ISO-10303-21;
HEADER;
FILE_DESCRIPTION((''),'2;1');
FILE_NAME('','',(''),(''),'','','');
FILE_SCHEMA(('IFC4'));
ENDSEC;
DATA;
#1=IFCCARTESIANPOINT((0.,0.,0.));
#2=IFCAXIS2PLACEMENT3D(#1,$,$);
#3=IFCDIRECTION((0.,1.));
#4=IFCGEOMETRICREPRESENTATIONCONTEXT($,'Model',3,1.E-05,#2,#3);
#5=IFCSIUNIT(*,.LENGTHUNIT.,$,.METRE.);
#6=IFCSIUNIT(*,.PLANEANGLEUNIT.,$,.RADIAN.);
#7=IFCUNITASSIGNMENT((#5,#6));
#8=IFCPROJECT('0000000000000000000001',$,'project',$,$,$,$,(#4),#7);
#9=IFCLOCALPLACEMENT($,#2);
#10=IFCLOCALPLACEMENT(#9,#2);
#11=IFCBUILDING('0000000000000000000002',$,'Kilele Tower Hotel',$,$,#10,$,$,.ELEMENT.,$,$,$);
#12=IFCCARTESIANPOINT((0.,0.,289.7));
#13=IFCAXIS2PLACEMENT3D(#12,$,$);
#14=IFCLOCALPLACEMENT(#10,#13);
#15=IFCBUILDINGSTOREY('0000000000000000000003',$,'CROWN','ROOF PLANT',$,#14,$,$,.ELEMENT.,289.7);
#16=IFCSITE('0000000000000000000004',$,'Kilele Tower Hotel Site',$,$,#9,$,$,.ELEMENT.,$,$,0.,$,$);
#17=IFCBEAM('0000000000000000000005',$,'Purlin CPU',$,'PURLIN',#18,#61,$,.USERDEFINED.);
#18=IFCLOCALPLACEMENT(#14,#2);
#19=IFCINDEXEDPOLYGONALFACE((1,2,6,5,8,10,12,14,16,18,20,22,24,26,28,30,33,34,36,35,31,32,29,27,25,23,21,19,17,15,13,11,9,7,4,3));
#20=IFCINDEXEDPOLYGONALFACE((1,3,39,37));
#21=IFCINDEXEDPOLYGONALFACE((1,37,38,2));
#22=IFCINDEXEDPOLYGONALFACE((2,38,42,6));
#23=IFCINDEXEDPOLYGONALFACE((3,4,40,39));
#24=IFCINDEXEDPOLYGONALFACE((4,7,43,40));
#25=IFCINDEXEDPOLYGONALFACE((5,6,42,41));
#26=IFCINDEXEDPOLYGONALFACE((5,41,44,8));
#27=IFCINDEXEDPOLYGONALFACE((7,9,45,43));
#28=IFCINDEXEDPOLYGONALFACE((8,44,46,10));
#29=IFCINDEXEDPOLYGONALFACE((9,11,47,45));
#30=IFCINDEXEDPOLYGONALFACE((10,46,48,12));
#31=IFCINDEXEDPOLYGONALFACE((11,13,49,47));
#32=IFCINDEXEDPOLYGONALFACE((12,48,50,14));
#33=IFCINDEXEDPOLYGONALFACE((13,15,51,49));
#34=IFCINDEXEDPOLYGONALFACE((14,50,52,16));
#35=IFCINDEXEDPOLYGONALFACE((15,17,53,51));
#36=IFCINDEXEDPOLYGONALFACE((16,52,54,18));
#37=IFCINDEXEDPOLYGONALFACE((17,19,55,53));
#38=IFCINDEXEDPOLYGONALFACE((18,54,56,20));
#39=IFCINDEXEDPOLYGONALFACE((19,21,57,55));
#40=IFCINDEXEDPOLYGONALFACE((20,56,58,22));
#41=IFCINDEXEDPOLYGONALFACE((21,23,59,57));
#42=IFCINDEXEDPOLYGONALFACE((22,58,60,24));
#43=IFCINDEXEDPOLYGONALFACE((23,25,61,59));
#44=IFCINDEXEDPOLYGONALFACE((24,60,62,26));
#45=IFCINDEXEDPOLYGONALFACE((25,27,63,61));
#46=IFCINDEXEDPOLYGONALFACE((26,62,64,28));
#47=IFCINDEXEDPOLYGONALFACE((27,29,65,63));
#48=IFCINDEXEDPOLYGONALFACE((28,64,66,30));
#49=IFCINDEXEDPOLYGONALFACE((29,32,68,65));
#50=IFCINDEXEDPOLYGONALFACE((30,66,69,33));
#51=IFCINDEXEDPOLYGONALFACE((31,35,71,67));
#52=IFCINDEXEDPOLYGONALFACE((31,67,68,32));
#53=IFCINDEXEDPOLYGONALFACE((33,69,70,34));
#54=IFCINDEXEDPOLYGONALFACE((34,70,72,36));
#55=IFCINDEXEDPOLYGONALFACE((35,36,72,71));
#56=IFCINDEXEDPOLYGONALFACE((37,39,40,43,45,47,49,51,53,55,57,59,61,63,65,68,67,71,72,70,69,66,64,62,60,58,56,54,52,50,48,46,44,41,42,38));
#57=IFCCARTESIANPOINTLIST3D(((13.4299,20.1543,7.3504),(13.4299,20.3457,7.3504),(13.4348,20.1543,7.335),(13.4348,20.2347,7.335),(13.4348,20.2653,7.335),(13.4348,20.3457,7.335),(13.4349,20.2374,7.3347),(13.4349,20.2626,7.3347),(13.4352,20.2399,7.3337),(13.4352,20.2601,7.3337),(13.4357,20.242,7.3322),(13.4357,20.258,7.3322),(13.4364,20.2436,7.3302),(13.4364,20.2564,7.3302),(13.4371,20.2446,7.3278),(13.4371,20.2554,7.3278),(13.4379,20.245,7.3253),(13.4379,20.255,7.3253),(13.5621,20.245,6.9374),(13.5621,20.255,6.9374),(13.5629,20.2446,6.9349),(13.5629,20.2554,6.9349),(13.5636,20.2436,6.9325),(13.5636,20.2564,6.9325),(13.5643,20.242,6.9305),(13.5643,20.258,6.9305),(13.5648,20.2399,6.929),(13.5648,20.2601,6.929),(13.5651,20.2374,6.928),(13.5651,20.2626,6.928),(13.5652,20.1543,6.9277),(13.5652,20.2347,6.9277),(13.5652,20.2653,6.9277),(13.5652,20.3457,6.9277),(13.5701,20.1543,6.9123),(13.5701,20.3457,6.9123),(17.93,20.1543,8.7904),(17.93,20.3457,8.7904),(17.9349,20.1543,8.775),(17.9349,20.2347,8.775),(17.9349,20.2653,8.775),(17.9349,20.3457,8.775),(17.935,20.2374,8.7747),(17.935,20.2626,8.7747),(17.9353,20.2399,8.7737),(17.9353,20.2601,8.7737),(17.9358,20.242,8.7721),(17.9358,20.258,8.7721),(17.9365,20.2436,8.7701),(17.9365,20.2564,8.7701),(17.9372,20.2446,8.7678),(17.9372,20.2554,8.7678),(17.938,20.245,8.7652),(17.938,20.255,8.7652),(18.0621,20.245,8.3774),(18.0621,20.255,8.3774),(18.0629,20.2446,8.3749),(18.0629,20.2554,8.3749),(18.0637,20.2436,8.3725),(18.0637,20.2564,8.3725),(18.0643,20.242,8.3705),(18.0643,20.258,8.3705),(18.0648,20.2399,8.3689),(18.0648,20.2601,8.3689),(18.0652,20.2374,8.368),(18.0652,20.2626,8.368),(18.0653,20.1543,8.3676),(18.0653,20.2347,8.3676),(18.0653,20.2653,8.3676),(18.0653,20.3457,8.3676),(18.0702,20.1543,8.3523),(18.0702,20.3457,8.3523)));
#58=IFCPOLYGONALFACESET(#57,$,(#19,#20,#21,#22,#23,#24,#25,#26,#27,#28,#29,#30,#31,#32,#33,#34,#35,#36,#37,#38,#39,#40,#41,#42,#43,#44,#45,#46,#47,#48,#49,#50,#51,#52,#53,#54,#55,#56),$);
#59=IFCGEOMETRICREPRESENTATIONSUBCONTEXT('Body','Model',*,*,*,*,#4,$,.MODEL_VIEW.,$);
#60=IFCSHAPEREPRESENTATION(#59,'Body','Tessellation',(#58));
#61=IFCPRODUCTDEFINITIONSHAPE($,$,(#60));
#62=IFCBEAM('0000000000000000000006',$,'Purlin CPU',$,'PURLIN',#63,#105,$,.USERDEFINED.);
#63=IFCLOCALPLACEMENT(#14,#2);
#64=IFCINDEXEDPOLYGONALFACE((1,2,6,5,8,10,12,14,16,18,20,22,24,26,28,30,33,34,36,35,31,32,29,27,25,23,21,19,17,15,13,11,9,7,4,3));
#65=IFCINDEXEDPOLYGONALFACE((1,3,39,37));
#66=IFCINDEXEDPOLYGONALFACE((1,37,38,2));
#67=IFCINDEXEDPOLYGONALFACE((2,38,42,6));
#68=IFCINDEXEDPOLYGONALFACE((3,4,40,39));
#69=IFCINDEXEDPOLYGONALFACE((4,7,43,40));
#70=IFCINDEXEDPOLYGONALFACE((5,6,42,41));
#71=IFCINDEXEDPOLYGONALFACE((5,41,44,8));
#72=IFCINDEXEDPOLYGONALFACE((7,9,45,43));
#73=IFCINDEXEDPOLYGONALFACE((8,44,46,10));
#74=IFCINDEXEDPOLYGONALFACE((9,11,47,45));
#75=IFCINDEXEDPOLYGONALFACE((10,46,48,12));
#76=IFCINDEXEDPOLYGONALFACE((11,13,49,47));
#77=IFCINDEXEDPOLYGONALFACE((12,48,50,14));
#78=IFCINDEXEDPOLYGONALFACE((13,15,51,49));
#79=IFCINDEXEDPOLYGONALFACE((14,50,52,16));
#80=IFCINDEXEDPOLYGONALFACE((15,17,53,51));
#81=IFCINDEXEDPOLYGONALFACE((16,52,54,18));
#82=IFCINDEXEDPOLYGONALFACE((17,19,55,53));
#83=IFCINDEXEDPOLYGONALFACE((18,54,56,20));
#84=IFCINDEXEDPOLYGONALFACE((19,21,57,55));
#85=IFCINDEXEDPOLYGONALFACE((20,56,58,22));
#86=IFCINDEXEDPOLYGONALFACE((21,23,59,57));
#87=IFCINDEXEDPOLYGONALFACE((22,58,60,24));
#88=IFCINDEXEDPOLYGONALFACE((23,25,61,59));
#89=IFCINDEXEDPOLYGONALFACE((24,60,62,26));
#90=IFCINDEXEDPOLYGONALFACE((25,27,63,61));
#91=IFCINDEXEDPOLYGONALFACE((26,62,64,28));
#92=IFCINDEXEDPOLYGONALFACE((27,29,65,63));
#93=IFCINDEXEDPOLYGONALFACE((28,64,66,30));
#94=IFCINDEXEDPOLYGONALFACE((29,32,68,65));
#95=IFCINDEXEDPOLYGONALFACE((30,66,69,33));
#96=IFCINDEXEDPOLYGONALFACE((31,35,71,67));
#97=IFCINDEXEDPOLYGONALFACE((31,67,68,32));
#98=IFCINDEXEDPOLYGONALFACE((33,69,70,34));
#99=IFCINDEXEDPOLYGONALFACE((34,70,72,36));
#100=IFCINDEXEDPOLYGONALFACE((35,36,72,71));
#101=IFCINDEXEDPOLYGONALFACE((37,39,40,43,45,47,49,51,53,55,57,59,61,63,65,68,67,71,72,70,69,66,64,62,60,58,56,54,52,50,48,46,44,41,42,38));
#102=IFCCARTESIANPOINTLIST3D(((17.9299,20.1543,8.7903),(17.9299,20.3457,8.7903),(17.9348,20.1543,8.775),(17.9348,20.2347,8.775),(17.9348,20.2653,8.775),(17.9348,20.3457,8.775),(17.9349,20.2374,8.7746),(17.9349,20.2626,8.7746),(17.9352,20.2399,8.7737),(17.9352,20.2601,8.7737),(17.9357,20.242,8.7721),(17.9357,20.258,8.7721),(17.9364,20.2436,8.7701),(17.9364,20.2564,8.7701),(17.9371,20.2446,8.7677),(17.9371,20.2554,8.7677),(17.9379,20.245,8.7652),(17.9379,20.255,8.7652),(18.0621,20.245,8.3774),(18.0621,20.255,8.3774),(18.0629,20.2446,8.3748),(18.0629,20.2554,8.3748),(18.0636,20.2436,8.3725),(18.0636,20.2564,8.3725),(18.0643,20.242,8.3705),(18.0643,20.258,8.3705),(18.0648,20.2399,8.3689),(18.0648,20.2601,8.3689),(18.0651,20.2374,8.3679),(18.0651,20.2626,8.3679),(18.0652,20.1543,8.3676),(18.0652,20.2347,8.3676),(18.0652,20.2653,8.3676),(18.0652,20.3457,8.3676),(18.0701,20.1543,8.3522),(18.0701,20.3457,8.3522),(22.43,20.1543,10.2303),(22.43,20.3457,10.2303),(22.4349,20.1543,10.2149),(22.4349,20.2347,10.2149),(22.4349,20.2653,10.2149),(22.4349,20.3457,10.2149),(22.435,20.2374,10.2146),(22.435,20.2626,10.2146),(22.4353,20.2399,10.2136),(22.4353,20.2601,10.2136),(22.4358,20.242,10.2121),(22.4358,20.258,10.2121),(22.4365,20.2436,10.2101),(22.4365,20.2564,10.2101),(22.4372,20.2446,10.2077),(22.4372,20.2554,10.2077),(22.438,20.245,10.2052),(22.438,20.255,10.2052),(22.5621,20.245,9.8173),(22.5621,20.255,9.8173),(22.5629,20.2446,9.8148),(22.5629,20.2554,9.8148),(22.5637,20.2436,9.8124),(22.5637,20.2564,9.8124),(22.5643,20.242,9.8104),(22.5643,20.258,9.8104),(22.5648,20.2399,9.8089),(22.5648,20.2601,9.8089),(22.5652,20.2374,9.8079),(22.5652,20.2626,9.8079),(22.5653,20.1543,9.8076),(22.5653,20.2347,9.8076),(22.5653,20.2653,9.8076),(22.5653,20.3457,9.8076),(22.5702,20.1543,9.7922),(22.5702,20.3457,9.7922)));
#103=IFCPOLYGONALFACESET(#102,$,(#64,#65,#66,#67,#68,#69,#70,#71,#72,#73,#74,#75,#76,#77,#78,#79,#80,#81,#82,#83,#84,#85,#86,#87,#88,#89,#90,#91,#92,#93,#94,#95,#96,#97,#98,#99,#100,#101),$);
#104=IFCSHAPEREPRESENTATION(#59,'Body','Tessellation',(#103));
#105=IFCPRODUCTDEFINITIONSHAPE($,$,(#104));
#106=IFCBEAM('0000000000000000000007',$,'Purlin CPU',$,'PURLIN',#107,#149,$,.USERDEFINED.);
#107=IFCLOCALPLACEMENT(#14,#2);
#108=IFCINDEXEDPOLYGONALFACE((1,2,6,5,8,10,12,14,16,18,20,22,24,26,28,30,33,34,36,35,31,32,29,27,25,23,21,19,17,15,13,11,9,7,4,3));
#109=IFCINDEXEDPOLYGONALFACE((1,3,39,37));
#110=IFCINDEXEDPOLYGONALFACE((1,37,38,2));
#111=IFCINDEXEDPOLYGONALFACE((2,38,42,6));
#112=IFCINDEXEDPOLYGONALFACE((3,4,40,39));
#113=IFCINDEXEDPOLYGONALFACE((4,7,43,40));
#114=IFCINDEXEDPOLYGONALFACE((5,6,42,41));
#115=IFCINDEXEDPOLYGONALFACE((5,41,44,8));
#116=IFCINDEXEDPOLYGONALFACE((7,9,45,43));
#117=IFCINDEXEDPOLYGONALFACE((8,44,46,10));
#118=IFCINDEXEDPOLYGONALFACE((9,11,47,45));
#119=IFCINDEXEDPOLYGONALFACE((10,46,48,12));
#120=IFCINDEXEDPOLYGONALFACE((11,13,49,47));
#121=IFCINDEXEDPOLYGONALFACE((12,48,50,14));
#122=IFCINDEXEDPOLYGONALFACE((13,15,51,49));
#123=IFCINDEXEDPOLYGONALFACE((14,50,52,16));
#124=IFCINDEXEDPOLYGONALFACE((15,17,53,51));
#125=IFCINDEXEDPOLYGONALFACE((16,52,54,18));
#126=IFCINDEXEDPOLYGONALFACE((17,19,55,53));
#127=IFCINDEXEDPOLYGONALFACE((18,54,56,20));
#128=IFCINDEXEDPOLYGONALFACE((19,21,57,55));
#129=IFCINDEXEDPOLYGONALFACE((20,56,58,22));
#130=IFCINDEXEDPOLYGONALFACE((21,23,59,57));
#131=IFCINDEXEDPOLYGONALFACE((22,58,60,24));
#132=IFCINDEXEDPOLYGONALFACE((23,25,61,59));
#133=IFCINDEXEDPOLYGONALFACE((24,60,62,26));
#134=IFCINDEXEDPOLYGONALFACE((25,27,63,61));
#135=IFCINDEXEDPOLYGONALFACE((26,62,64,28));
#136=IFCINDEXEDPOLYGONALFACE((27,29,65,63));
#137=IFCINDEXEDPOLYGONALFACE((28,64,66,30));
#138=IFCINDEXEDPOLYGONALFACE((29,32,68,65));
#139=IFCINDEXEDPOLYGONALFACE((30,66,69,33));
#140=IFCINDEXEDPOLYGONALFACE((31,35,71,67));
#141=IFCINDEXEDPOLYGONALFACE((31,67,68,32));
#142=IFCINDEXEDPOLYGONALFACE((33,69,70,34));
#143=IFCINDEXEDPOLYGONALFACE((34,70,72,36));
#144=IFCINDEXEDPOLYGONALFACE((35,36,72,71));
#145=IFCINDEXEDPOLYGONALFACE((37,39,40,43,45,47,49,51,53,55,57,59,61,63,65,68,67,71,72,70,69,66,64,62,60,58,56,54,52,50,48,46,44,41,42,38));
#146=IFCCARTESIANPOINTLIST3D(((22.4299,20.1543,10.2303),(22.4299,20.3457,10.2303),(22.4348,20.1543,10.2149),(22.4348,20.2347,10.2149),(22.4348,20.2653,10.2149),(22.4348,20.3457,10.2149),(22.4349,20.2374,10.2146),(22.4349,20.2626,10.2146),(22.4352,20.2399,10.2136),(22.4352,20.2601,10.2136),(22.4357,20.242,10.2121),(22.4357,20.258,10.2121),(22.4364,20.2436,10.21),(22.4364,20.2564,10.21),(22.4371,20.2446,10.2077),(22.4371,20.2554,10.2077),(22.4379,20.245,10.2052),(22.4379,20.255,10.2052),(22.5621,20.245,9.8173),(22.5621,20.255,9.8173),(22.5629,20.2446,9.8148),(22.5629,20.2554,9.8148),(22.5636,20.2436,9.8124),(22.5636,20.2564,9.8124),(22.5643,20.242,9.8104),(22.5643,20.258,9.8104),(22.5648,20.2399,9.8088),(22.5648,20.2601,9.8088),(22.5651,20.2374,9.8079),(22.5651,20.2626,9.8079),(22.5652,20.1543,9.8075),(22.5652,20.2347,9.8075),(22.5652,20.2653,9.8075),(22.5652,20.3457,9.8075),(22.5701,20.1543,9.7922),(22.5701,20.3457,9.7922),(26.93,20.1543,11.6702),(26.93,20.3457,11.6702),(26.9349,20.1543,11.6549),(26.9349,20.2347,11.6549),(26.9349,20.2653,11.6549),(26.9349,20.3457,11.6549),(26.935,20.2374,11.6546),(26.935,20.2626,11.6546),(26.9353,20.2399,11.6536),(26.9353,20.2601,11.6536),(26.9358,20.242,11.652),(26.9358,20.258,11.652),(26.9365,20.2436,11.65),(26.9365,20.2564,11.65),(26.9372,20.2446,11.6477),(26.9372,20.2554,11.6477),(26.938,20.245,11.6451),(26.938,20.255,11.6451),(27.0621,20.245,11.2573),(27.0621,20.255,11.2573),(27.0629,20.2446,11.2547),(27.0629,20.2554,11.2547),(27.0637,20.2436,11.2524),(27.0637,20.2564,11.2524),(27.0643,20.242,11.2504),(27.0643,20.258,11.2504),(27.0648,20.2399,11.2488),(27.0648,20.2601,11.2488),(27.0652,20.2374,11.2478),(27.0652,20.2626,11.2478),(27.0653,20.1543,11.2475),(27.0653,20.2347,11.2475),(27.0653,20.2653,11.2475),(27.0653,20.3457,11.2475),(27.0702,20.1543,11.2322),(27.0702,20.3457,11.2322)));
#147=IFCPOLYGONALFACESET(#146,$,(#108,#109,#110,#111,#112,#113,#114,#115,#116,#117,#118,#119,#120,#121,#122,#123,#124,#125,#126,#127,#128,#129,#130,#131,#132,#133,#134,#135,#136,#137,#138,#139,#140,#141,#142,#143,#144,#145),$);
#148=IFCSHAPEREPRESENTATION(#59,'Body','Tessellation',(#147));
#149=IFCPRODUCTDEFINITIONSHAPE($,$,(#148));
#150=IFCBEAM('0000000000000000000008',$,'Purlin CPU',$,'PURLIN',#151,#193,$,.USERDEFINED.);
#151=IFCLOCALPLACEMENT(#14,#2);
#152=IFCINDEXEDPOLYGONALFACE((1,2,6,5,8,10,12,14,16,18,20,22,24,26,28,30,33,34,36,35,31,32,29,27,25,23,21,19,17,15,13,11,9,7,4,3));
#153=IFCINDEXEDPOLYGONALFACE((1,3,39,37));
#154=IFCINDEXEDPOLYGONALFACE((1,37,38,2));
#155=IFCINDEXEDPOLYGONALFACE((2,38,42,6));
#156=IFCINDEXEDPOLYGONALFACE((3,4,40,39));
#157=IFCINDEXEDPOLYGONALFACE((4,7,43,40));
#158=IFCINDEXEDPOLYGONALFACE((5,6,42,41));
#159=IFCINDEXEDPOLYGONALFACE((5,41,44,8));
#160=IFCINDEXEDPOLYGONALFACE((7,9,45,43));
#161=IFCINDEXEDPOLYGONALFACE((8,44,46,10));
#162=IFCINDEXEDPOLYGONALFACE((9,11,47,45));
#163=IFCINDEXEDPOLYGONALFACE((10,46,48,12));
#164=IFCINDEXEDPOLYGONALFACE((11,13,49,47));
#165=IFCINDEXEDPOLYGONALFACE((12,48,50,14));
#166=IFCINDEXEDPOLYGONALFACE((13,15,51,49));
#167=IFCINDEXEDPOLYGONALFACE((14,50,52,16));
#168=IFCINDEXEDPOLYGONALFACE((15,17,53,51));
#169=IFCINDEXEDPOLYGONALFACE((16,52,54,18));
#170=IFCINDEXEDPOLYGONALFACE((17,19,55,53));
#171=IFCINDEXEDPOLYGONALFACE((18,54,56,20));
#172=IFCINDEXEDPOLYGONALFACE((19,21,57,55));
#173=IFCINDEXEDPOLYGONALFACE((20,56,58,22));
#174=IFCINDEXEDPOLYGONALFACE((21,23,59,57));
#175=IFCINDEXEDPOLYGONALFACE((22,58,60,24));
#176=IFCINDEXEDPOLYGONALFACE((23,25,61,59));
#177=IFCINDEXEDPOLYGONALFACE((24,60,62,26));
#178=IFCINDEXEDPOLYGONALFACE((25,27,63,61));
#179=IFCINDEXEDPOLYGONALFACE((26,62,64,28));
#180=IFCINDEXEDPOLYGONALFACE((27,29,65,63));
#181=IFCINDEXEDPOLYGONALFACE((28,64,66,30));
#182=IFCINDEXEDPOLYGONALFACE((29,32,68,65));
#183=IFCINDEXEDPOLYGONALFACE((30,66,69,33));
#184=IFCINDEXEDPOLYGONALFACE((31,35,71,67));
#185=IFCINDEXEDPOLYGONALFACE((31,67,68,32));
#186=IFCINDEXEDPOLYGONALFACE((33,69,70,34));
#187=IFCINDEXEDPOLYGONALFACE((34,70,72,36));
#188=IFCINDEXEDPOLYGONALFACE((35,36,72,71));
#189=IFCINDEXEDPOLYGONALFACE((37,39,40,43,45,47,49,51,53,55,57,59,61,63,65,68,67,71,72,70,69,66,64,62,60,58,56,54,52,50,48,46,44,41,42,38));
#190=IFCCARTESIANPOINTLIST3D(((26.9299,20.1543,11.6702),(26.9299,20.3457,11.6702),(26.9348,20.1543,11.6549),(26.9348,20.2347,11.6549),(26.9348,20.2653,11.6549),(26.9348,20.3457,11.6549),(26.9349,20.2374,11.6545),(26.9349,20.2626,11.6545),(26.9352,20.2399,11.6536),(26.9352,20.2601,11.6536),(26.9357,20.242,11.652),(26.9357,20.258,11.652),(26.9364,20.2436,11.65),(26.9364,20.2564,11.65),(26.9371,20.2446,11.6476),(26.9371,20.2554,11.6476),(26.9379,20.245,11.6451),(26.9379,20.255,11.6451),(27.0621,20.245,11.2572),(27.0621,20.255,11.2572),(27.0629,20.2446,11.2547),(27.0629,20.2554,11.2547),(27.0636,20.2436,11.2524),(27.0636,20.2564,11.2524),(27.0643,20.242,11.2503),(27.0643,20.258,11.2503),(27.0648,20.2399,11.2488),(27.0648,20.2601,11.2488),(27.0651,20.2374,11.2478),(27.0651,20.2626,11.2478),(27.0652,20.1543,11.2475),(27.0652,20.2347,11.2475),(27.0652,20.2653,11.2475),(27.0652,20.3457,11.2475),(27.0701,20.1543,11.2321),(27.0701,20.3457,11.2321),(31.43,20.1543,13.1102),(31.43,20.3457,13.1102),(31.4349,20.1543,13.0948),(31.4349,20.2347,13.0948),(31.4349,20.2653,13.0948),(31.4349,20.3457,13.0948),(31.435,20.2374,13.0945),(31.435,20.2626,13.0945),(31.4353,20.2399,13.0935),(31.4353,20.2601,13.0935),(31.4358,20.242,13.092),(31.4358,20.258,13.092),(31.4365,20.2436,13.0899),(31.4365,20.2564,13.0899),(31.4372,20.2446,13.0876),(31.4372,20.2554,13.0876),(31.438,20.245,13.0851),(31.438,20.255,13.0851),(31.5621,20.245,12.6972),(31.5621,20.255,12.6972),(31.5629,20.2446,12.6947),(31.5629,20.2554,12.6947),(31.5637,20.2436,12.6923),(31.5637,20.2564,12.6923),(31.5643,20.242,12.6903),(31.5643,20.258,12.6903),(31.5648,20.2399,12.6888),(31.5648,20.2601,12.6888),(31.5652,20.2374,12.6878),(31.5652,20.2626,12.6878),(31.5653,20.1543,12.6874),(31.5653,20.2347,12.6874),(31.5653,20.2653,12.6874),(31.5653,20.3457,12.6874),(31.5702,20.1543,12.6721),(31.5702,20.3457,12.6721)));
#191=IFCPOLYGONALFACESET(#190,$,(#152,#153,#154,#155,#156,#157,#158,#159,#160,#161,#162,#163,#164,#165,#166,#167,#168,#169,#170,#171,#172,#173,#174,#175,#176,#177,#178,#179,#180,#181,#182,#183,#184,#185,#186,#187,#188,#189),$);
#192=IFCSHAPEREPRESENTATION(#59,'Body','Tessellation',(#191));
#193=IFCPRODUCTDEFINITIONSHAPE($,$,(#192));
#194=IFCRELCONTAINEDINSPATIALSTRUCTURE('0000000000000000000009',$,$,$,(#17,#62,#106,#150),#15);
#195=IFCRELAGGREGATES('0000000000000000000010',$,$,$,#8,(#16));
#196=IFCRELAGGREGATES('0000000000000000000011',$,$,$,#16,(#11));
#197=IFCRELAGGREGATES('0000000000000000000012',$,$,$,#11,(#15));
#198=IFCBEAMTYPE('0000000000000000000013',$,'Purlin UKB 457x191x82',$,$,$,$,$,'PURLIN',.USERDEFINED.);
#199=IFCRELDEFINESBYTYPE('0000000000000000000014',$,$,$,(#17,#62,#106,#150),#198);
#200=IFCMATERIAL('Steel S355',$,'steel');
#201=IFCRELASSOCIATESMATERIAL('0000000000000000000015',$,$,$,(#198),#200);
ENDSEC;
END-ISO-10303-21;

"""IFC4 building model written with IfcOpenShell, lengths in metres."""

from ifc_helpers import new_model, si_unit, direction, frame, origin, origin_2d, place, context, subcontext, project, spatial, i_section, extrude, material, material_profile, profile_set, type_object, element, save


model = new_model("IFC4")

# Units and contexts
model_context = context("Model", 3, precision=1e-05, world=origin(), true_north=direction((0.0, 1.0)))
body_context = subcontext(model_context, "Body", "Model", "MODEL_VIEW")
ifc_project = project(units=[si_unit("LENGTHUNIT", "METRE"), si_unit("PLANEANGLEUNIT", "RADIAN")], contexts=[model_context])

# Site, building, storey
site_placement = place(None, origin())
site = spatial("IfcSite", under=ifc_project, at=site_placement, Name="Kilele Tower Hotel Site", CompositionType="ELEMENT", RefElevation=0.0)
building_placement = place(site_placement, origin())
building = spatial("IfcBuilding", under=site, at=building_placement, Name="Kilele Tower Hotel", CompositionType="ELEMENT")
storey_placement = place(building_placement, frame((0.0, 0.0, 289.7)))
storey = spatial("IfcBuildingStorey", under=building, at=storey_placement, Name="CROWN", Description="ROOF PLANT", CompositionType="ELEMENT", Elevation=289.7)

# Beams
ifc_material_1 = material(Name="Steel S355", Category="steel")
ifc_material_profile_1 = material_profile(ifc_material_1, i_section(OverallWidth=0.1914, OverallDepth=0.46, WebThickness=0.01, FlangeThickness=0.0161, FilletRadius=0.0103, at=origin_2d()))
ifc_profile_set_1 = profile_set([ifc_material_profile_1], Name="Steel S355")
beam_type_1 = type_object("IfcBeamType", Name="Purlin UKB 457x191x82", ElementType="PURLIN", PredefinedType="USERDEFINED", material=ifc_profile_set_1)
for number, where, z_axis, x_axis, name in (
    (1, (13.5, 20.25, 7.1313), (0.952428, 0.0, 0.304764), (0.0, 1.0, 0.0), "Purlin CPU"),
    (2, (18.0, 20.25, 8.5713), (0.952428, 0.0, 0.304764), (0.0, 1.0, 0.0), "Purlin CPU"),
    (3, (22.5, 20.25, 10.0112), (0.952428, 0.0, 0.304764), (0.0, 1.0, 0.0), "Purlin CPU"),
    (4, (27.0, 20.25, 11.4512), (0.952428, 0.0, 0.304764), (0.0, 1.0, 0.0), "Purlin CPU"),
):
    element("IfcBeam", number, at=place(storey_placement, frame(where, z_axis=z_axis, x_axis=x_axis)), inside=storey, type_object=beam_type_1, Name=name, ObjectType="PURLIN", PredefinedType="USERDEFINED", context=body_context, shape_type="SweptSolid", body=[
        extrude(i_section(OverallWidth=0.1914, OverallDepth=0.46, WebThickness=0.01, FlangeThickness=0.0161, FilletRadius=0.0103, at=origin_2d()), origin(), (0.0, 0.0, 1.0), 4.7249),
    ])

save(model, "model.ifc")
